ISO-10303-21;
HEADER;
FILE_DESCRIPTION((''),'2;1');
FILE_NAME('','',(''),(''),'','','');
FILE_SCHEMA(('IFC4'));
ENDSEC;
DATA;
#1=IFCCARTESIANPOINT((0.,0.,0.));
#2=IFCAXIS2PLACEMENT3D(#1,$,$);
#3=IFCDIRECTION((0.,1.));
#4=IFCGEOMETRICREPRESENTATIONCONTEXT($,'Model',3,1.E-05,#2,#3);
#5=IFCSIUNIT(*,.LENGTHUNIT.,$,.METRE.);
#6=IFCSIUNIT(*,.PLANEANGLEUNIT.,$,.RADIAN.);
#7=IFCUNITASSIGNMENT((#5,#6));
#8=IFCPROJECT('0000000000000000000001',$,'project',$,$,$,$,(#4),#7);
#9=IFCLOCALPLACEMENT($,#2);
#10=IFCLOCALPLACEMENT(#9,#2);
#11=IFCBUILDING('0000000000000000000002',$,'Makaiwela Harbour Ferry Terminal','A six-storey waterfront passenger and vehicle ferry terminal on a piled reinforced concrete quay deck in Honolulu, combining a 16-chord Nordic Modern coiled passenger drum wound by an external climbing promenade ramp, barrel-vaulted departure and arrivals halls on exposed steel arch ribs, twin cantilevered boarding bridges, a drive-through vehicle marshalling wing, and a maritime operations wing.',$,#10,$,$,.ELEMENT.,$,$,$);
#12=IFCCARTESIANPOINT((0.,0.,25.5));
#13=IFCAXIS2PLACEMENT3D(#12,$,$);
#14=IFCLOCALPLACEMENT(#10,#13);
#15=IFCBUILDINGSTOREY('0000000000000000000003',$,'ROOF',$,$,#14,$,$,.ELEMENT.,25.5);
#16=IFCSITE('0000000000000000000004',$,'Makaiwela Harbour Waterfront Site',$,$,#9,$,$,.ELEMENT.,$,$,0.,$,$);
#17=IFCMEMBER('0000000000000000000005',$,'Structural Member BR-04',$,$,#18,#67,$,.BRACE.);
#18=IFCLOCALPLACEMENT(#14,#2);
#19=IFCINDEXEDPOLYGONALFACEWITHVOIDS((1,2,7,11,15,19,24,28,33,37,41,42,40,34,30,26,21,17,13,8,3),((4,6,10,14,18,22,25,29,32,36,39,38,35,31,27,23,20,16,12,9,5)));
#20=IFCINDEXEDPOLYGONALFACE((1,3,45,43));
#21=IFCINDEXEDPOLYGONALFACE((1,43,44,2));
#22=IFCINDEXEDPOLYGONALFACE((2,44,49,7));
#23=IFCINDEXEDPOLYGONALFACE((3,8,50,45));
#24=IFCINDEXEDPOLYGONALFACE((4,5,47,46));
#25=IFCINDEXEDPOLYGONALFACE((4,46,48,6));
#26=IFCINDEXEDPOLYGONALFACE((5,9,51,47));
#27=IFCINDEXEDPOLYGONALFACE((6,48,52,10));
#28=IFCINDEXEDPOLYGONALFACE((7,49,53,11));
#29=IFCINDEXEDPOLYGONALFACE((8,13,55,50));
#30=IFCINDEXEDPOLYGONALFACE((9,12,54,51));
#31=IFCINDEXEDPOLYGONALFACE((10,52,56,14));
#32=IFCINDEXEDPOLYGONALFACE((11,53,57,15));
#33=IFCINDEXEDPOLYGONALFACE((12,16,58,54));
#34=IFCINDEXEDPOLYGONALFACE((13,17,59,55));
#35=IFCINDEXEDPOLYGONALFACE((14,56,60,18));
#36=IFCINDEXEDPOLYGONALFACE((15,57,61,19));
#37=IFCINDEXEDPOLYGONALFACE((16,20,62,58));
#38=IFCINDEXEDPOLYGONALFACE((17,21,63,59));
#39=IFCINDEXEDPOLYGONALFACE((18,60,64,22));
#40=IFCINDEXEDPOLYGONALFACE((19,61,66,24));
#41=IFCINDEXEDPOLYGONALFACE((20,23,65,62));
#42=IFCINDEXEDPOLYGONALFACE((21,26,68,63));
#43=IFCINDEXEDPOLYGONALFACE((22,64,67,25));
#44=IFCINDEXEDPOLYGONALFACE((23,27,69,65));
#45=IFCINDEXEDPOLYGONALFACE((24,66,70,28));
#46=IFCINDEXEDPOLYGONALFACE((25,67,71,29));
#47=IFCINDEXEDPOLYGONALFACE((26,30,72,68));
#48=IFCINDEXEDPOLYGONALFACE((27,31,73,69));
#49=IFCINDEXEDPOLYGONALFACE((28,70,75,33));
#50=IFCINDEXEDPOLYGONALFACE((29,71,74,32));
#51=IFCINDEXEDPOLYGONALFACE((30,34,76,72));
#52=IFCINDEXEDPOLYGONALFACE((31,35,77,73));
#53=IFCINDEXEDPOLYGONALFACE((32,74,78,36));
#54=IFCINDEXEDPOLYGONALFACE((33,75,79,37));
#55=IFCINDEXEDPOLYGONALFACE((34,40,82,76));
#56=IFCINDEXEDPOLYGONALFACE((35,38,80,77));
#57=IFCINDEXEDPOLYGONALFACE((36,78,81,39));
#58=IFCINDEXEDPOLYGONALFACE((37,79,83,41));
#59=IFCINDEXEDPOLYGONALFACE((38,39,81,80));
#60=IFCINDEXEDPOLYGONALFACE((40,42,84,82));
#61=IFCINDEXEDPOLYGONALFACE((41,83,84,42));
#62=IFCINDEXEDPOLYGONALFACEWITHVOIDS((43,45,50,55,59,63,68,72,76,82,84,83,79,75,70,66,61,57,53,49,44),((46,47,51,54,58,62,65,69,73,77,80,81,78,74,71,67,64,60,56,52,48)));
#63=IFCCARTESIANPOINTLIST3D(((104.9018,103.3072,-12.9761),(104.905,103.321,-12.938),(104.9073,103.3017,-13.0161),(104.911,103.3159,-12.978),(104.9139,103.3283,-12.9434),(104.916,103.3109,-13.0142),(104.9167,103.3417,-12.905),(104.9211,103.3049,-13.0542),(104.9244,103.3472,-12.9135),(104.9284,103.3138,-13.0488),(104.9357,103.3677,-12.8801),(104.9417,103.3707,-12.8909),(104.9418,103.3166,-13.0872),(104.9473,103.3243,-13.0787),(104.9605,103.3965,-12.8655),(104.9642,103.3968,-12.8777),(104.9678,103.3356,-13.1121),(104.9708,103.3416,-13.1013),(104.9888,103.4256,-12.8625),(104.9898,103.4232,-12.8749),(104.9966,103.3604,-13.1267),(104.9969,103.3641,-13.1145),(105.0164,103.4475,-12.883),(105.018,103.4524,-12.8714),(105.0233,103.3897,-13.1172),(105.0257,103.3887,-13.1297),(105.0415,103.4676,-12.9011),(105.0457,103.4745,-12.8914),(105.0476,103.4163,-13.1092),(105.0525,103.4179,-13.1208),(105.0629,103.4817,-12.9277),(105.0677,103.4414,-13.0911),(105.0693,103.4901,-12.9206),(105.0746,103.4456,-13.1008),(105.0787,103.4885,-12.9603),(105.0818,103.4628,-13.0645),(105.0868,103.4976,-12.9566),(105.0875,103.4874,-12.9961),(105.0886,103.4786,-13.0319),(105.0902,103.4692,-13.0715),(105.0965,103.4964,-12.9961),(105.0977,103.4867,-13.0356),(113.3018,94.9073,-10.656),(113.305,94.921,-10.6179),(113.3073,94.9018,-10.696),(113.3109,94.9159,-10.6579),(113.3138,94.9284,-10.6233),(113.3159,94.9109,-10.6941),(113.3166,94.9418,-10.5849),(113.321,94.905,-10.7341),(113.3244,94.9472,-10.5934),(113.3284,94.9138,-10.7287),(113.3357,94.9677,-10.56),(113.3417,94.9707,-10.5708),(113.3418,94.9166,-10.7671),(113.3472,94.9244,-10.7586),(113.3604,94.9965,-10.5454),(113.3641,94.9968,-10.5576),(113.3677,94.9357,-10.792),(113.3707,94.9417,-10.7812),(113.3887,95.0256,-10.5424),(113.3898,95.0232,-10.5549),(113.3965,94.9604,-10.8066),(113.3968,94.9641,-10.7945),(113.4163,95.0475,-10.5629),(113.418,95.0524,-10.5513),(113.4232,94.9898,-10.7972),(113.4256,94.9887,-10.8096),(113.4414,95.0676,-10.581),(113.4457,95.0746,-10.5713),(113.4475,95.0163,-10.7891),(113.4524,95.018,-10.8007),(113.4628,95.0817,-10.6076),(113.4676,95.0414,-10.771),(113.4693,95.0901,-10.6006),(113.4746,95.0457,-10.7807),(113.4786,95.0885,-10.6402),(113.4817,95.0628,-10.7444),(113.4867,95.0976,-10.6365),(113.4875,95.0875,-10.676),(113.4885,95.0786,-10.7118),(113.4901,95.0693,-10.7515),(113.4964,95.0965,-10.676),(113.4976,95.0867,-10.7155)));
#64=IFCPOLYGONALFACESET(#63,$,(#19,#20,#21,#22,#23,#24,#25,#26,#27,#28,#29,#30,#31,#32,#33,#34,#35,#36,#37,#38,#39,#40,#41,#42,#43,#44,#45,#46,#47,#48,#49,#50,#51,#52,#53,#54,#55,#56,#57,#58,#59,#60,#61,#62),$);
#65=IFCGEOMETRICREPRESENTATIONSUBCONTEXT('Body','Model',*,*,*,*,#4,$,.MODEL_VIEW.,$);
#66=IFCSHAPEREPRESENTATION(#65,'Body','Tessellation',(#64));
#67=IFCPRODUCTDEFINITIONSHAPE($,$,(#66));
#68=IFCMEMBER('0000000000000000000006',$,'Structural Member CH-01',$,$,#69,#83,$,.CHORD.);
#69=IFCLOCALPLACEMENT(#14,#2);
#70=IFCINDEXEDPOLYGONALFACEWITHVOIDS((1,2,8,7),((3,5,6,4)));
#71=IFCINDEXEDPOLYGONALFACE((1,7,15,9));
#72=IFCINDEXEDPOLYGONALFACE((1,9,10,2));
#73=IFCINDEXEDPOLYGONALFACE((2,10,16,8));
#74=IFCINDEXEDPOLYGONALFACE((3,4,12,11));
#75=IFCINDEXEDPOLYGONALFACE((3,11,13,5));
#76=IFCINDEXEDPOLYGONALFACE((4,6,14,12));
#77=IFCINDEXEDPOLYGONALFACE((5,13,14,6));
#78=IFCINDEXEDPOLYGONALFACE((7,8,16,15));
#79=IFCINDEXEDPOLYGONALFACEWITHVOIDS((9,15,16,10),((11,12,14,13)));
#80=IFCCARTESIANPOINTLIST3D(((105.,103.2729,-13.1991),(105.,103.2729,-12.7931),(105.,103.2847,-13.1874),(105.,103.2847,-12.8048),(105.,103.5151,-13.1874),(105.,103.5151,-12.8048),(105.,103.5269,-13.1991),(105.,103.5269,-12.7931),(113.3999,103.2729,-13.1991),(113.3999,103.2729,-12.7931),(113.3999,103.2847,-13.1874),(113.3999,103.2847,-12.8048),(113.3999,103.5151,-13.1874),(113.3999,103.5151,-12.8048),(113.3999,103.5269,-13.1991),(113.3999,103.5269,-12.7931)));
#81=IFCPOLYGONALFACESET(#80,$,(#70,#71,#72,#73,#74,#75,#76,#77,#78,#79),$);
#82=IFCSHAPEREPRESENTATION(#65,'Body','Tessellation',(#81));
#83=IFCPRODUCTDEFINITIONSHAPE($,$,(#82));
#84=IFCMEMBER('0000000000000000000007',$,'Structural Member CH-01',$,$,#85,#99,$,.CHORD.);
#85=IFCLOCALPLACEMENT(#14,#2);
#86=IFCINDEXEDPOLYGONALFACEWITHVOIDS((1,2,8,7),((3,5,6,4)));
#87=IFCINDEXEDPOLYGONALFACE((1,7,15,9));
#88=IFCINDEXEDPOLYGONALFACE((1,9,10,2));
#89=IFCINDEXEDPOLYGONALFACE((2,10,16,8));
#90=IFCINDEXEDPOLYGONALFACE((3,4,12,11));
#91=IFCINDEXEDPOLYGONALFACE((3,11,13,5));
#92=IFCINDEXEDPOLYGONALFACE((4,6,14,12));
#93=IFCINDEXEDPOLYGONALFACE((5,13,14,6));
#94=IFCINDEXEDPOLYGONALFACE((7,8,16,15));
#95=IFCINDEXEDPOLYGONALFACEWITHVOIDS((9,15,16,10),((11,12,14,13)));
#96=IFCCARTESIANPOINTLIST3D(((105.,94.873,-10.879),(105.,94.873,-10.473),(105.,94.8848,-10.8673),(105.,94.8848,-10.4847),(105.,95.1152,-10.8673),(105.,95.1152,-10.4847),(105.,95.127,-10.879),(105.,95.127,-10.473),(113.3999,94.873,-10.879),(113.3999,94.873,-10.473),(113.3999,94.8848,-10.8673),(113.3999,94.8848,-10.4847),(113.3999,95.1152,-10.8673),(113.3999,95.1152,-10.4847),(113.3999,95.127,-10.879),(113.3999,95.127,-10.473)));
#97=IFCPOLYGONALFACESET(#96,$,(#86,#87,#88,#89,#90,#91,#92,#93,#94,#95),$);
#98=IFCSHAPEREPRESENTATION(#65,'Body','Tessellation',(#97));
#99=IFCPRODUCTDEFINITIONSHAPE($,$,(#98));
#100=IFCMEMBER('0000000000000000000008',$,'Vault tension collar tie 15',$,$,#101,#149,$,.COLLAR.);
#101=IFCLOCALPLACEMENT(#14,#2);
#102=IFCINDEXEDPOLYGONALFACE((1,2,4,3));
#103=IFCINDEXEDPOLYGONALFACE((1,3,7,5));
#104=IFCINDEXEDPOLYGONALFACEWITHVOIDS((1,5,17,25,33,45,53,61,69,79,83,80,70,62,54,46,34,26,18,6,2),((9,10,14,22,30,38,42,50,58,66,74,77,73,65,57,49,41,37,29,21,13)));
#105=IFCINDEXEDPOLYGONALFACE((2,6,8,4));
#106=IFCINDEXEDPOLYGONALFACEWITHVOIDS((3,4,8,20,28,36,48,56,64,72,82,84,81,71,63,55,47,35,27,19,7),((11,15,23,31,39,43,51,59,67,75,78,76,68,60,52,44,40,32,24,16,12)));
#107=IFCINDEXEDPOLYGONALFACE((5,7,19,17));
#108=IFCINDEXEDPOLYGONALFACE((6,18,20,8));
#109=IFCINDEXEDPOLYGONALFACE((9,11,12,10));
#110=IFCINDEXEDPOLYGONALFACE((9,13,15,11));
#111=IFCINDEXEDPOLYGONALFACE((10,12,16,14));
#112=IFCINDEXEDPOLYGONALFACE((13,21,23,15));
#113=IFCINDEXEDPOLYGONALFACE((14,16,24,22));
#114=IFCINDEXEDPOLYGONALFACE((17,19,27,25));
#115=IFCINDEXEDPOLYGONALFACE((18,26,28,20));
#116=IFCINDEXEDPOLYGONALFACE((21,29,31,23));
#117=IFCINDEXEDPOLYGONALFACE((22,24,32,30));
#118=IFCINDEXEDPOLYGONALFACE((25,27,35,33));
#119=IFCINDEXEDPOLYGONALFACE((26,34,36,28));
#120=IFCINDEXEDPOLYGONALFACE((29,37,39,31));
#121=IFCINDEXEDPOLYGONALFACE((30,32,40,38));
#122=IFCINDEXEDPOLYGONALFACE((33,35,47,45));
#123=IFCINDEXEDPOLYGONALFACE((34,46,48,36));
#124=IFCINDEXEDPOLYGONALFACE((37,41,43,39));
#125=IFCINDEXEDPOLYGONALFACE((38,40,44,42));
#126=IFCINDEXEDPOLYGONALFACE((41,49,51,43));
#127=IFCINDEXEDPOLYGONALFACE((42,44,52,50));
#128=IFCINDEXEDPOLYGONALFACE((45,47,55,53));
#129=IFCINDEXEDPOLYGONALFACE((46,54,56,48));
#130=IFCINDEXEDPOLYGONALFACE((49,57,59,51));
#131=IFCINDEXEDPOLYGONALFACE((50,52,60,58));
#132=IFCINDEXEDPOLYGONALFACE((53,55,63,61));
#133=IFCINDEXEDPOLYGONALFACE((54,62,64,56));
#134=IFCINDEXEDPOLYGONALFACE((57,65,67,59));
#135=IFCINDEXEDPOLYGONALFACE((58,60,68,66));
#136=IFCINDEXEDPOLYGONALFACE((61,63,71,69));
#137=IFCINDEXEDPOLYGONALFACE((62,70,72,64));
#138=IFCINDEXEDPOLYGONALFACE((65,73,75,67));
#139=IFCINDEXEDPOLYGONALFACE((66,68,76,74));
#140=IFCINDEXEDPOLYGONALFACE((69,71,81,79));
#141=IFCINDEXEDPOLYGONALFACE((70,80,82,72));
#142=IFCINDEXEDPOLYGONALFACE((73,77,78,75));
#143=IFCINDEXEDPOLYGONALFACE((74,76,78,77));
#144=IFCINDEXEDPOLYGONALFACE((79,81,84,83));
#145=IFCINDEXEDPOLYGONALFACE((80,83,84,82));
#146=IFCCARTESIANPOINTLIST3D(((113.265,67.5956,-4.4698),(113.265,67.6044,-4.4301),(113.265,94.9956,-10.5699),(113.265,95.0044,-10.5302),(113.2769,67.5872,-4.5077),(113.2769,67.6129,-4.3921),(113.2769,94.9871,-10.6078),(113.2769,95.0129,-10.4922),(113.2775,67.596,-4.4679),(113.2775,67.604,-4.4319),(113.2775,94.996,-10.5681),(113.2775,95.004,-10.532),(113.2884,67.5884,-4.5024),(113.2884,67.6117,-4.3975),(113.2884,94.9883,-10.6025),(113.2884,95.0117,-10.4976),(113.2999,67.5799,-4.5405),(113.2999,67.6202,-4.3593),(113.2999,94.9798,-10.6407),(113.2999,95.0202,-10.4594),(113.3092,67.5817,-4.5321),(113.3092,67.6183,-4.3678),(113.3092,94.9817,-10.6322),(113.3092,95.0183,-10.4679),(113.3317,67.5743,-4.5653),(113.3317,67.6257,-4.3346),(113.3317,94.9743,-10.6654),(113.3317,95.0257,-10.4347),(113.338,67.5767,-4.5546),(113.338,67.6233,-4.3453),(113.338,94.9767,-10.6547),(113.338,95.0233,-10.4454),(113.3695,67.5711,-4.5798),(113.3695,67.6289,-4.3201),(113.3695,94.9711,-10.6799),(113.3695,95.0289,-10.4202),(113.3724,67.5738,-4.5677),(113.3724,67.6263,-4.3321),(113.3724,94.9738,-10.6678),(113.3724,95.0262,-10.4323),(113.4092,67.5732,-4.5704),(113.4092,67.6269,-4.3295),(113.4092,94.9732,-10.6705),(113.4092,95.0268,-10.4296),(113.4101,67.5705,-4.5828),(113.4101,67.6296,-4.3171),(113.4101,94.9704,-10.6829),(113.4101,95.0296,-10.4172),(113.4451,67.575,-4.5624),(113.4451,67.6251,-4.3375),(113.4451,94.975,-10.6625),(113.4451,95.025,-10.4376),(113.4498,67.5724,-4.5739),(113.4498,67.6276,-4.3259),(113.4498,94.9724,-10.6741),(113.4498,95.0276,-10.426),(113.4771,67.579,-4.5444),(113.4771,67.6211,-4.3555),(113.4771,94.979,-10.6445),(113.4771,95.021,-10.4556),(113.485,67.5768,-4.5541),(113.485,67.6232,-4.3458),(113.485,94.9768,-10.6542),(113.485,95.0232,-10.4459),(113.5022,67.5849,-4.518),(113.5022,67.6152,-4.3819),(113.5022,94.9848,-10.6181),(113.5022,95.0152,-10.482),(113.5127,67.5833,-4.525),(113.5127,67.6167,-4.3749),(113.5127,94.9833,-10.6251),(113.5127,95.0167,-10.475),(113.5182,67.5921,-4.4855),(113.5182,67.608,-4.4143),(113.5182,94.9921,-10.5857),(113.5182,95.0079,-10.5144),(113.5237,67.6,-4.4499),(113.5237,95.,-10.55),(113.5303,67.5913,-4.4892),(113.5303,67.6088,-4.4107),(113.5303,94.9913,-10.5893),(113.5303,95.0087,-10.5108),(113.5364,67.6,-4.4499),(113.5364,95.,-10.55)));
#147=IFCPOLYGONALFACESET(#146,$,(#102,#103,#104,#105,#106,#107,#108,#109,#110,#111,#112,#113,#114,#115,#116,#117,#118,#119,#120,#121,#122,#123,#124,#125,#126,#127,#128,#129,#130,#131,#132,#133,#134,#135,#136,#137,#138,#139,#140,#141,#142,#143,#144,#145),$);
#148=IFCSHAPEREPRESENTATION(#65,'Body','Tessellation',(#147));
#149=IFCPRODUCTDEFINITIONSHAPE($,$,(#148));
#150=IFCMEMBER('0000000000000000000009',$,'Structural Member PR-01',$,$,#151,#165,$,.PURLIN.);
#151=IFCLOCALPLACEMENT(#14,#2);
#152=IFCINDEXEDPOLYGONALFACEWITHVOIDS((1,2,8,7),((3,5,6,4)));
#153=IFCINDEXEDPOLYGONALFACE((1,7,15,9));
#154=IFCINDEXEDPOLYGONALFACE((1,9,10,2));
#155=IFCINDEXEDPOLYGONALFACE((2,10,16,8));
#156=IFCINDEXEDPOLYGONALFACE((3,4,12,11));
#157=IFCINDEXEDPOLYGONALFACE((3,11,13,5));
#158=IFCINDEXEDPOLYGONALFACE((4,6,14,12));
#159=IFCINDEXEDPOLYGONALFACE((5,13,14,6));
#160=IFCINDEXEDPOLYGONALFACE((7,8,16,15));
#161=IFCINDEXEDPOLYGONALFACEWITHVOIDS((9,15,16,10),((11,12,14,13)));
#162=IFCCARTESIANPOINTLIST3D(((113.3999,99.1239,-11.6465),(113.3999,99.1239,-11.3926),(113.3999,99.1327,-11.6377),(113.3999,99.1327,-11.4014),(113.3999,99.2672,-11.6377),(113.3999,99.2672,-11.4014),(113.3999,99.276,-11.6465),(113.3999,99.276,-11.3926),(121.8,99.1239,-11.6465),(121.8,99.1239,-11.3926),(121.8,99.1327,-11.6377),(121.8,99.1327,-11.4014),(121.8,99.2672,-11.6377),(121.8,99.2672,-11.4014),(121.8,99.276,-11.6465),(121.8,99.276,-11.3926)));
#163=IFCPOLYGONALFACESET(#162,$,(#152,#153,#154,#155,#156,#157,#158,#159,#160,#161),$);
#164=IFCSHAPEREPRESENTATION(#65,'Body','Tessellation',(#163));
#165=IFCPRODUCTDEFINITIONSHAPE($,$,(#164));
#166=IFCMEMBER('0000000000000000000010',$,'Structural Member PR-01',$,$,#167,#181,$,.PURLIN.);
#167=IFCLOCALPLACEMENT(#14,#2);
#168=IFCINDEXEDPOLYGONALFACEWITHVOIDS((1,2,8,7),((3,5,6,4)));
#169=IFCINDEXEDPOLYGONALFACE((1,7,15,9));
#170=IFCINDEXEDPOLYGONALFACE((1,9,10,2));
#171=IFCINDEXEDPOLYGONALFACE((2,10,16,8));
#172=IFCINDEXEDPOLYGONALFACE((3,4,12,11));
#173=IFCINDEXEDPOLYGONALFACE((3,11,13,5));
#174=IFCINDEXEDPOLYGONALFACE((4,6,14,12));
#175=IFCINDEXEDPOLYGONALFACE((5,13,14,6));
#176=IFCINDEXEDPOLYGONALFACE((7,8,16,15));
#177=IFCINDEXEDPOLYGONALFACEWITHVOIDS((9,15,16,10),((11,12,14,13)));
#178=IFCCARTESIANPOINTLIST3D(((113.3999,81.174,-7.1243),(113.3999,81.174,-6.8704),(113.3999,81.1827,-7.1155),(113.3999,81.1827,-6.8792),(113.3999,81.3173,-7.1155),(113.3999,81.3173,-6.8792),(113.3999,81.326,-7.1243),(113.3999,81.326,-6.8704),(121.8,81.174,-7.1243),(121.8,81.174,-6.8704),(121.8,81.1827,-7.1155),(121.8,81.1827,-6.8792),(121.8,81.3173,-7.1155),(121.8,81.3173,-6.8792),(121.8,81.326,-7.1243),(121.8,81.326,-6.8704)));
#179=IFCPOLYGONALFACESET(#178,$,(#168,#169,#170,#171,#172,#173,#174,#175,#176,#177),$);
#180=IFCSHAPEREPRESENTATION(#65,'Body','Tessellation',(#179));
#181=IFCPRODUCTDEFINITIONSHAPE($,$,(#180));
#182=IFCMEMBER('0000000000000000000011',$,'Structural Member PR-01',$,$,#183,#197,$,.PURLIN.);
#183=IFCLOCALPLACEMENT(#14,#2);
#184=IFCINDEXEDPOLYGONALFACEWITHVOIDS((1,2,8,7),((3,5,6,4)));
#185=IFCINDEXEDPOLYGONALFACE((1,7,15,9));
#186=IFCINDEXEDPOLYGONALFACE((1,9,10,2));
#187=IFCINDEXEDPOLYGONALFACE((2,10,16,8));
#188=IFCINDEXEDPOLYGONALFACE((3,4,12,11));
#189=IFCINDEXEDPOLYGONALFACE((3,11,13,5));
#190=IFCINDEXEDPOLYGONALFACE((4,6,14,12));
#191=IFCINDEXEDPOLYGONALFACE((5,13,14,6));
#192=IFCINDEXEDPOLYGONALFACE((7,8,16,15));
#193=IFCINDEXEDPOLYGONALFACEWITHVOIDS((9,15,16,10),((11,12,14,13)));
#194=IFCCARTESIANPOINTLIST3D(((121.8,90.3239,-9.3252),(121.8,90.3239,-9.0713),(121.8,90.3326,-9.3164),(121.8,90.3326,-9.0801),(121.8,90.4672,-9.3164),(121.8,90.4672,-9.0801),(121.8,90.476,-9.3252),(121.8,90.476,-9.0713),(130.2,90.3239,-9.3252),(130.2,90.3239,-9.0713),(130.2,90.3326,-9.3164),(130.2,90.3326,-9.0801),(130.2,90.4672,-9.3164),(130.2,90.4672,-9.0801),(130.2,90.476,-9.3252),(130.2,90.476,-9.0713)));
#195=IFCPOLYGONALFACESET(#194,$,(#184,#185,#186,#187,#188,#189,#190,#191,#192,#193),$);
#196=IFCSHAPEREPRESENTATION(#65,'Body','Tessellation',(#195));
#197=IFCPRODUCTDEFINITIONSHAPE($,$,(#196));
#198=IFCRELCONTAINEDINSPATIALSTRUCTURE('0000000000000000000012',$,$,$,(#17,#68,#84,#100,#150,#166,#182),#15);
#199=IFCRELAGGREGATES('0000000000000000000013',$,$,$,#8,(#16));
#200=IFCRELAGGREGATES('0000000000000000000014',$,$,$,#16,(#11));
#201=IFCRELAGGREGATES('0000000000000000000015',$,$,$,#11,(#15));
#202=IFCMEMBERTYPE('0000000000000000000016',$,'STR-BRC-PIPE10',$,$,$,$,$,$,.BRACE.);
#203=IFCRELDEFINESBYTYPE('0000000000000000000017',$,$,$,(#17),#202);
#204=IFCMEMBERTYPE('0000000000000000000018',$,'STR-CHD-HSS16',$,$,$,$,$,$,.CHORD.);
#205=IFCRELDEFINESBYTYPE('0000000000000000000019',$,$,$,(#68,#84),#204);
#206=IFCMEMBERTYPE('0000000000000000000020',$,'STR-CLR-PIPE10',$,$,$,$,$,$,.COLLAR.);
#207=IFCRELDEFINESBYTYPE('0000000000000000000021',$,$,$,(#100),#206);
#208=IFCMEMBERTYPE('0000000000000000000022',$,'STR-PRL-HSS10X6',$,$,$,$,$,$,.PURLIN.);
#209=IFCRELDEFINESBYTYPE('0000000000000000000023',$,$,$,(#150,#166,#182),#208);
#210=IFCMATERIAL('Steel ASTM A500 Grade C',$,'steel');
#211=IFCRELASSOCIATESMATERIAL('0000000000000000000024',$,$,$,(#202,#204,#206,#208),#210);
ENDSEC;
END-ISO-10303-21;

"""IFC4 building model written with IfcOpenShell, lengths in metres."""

from ifc_helpers import new_model, si_unit, direction, frame, origin, origin_2d, place, context, subcontext, project, spatial, hollow_rectangle, hollow_circle, extrude, material, material_profile, profile_set, type_object, element, save


model = new_model("IFC4")

# Units and contexts
model_context = context("Model", 3, precision=1e-05, world=origin(), true_north=direction((0.0, 1.0)))
body_context = subcontext(model_context, "Body", "Model", "MODEL_VIEW")
ifc_project = project(units=[si_unit("LENGTHUNIT", "METRE"), si_unit("PLANEANGLEUNIT", "RADIAN")], contexts=[model_context])

# Site, building, storey
site_placement = place(None, origin())
site = spatial("IfcSite", under=ifc_project, at=site_placement, Name="Makaiwela Harbour Waterfront Site", CompositionType="ELEMENT", RefElevation=0.0)
building_placement = place(site_placement, origin())
building = spatial("IfcBuilding", under=site, at=building_placement, Name="Makaiwela Harbour Ferry Terminal", Description="A six-storey waterfront passenger and vehicle ferry terminal on a piled reinforced concrete quay deck in Honolulu, combining a 16-chord Nordic Modern coiled passenger drum wound by an external climbing promenade ramp, barrel-vaulted departure and arrivals halls on exposed steel arch ribs, twin cantilevered boarding bridges, a drive-through vehicle marshalling wing, and a maritime operations wing.", CompositionType="ELEMENT")
storey_placement = place(building_placement, frame((0.0, 0.0, 25.5)))
storey = spatial("IfcBuildingStorey", under=building, at=storey_placement, Name="ROOF", CompositionType="ELEMENT", Elevation=25.5)

# Members
ifc_material_1 = material(Name="Steel ASTM A500 Grade C", Category="steel")
ifc_material_profile_1 = material_profile(ifc_material_1, hollow_circle(Radius=0.1365, WallThickness=0.0127, at=origin_2d()), Name="PIPE10XS")
ifc_profile_set_1 = profile_set([ifc_material_profile_1], Name="Steel ASTM A500 Grade C")
member_type_1 = type_object("IfcMemberType", Name="STR-BRC-PIPE10", PredefinedType="BRACE", material=ifc_profile_set_1)
member_1_placement = place(storey_placement, frame((105.0, 103.3999, -12.9961), z_axis=(0.693995, -0.693995, 0.191683), x_axis=(0.707107, 0.707107, 0.0)))
element("IfcMember", 1, at=member_1_placement, inside=storey, type_object=member_type_1, Name="Structural Member BR-04", PredefinedType="BRACE", context=body_context, shape_type="SweptSolid", body=[
    extrude(hollow_circle(Radius=0.1365, WallThickness=0.0127, at=origin_2d()), origin(), (0.0, 0.0, 1.0), 12.1038),
])
ifc_material_profile_2 = material_profile(ifc_material_1, hollow_rectangle(XDim=0.2539, YDim=0.406, WallThickness=0.0117, at=origin_2d()), Name="HSS16X10X1/2")
ifc_profile_set_2 = profile_set([ifc_material_profile_2], Name="Steel ASTM A500 Grade C")
member_type_2 = type_object("IfcMemberType", Name="STR-CHD-HSS16", PredefinedType="CHORD", material=ifc_profile_set_2)
for number, where, z_axis, x_axis, name in (
    (2, (105.0, 103.3999, -12.9961), (1.0, 0.0, 0.0), (0.0, 1.0, 0.0), "Structural Member CH-01"),
    (3, (105.0, 95.0, -10.676), (1.0, 0.0, 0.0), (0.0, 1.0, 0.0), "Structural Member CH-01"),
):
    element("IfcMember", number, at=place(storey_placement, frame(where, z_axis=z_axis, x_axis=x_axis)), inside=storey, type_object=member_type_2, Name=name, PredefinedType="CHORD", context=body_context, shape_type="SweptSolid", body=[
        extrude(hollow_rectangle(XDim=0.2539, YDim=0.406, WallThickness=0.0117, at=origin_2d()), origin(), (0.0, 0.0, 1.0), 8.3999),
    ])
ifc_material_profile_3 = material_profile(ifc_material_1, hollow_circle(Radius=0.1365, WallThickness=0.0127, at=origin_2d()), Name="PIPE10XS")
ifc_profile_set_3 = profile_set([ifc_material_profile_3], Name="Steel ASTM A500 Grade C")
member_type_3 = type_object("IfcMemberType", Name="STR-CLR-PIPE10", PredefinedType="COLLAR", material=ifc_profile_set_3)
member_2_placement = place(storey_placement, frame((113.3999, 95.0, -10.55), z_axis=(0.0, -0.976102, 0.217312), x_axis=(1.0, 0.0, 0.0)))
element("IfcMember", 4, at=member_2_placement, inside=storey, type_object=member_type_3, Name="Vault tension collar tie 15", PredefinedType="COLLAR", context=body_context, shape_type="SweptSolid", body=[
    extrude(hollow_circle(Radius=0.1365, WallThickness=0.0127, at=origin_2d()), origin(), (0.0, 0.0, 1.0), 28.0708),
])
ifc_material_profile_4 = material_profile(ifc_material_1, hollow_rectangle(XDim=0.1521, YDim=0.2539, WallThickness=0.0088, at=origin_2d()), Name="HSS10X6X3/8")
ifc_profile_set_4 = profile_set([ifc_material_profile_4], Name="Steel ASTM A500 Grade C")
member_type_4 = type_object("IfcMemberType", Name="STR-PRL-HSS10X6", PredefinedType="PURLIN", material=ifc_profile_set_4)
for number, where, z_axis, x_axis, name in (
    (5, (113.3999, 99.2, -11.5195), (1.0, 0.0, 0.0), (0.0, 1.0, 0.0), "Structural Member PR-01"),
    (6, (113.3999, 81.25, -6.9973), (1.0, 0.0, 0.0), (0.0, 1.0, 0.0), "Structural Member PR-01"),
):
    element("IfcMember", number, at=place(storey_placement, frame(where, z_axis=z_axis, x_axis=x_axis)), inside=storey, type_object=member_type_4, Name=name, PredefinedType="PURLIN", context=body_context, shape_type="SweptSolid", body=[
        extrude(hollow_rectangle(XDim=0.1521, YDim=0.2539, WallThickness=0.0088, at=origin_2d()), origin(), (0.0, 0.0, 1.0), 8.4001),
    ])
member_3_placement = place(storey_placement, frame((121.8, 90.3999, -9.1982), z_axis=(1.0, 0.0, 0.0), x_axis=(0.0, 1.0, 0.0)))
element("IfcMember", 7, at=member_3_placement, inside=storey, type_object=member_type_4, Name="Structural Member PR-01", PredefinedType="PURLIN", context=body_context, shape_type="SweptSolid", body=[
    extrude(hollow_rectangle(XDim=0.1521, YDim=0.2539, WallThickness=0.0088, at=origin_2d()), origin(), (0.0, 0.0, 1.0), 8.3999),
])

save(model, "model.ifc")
